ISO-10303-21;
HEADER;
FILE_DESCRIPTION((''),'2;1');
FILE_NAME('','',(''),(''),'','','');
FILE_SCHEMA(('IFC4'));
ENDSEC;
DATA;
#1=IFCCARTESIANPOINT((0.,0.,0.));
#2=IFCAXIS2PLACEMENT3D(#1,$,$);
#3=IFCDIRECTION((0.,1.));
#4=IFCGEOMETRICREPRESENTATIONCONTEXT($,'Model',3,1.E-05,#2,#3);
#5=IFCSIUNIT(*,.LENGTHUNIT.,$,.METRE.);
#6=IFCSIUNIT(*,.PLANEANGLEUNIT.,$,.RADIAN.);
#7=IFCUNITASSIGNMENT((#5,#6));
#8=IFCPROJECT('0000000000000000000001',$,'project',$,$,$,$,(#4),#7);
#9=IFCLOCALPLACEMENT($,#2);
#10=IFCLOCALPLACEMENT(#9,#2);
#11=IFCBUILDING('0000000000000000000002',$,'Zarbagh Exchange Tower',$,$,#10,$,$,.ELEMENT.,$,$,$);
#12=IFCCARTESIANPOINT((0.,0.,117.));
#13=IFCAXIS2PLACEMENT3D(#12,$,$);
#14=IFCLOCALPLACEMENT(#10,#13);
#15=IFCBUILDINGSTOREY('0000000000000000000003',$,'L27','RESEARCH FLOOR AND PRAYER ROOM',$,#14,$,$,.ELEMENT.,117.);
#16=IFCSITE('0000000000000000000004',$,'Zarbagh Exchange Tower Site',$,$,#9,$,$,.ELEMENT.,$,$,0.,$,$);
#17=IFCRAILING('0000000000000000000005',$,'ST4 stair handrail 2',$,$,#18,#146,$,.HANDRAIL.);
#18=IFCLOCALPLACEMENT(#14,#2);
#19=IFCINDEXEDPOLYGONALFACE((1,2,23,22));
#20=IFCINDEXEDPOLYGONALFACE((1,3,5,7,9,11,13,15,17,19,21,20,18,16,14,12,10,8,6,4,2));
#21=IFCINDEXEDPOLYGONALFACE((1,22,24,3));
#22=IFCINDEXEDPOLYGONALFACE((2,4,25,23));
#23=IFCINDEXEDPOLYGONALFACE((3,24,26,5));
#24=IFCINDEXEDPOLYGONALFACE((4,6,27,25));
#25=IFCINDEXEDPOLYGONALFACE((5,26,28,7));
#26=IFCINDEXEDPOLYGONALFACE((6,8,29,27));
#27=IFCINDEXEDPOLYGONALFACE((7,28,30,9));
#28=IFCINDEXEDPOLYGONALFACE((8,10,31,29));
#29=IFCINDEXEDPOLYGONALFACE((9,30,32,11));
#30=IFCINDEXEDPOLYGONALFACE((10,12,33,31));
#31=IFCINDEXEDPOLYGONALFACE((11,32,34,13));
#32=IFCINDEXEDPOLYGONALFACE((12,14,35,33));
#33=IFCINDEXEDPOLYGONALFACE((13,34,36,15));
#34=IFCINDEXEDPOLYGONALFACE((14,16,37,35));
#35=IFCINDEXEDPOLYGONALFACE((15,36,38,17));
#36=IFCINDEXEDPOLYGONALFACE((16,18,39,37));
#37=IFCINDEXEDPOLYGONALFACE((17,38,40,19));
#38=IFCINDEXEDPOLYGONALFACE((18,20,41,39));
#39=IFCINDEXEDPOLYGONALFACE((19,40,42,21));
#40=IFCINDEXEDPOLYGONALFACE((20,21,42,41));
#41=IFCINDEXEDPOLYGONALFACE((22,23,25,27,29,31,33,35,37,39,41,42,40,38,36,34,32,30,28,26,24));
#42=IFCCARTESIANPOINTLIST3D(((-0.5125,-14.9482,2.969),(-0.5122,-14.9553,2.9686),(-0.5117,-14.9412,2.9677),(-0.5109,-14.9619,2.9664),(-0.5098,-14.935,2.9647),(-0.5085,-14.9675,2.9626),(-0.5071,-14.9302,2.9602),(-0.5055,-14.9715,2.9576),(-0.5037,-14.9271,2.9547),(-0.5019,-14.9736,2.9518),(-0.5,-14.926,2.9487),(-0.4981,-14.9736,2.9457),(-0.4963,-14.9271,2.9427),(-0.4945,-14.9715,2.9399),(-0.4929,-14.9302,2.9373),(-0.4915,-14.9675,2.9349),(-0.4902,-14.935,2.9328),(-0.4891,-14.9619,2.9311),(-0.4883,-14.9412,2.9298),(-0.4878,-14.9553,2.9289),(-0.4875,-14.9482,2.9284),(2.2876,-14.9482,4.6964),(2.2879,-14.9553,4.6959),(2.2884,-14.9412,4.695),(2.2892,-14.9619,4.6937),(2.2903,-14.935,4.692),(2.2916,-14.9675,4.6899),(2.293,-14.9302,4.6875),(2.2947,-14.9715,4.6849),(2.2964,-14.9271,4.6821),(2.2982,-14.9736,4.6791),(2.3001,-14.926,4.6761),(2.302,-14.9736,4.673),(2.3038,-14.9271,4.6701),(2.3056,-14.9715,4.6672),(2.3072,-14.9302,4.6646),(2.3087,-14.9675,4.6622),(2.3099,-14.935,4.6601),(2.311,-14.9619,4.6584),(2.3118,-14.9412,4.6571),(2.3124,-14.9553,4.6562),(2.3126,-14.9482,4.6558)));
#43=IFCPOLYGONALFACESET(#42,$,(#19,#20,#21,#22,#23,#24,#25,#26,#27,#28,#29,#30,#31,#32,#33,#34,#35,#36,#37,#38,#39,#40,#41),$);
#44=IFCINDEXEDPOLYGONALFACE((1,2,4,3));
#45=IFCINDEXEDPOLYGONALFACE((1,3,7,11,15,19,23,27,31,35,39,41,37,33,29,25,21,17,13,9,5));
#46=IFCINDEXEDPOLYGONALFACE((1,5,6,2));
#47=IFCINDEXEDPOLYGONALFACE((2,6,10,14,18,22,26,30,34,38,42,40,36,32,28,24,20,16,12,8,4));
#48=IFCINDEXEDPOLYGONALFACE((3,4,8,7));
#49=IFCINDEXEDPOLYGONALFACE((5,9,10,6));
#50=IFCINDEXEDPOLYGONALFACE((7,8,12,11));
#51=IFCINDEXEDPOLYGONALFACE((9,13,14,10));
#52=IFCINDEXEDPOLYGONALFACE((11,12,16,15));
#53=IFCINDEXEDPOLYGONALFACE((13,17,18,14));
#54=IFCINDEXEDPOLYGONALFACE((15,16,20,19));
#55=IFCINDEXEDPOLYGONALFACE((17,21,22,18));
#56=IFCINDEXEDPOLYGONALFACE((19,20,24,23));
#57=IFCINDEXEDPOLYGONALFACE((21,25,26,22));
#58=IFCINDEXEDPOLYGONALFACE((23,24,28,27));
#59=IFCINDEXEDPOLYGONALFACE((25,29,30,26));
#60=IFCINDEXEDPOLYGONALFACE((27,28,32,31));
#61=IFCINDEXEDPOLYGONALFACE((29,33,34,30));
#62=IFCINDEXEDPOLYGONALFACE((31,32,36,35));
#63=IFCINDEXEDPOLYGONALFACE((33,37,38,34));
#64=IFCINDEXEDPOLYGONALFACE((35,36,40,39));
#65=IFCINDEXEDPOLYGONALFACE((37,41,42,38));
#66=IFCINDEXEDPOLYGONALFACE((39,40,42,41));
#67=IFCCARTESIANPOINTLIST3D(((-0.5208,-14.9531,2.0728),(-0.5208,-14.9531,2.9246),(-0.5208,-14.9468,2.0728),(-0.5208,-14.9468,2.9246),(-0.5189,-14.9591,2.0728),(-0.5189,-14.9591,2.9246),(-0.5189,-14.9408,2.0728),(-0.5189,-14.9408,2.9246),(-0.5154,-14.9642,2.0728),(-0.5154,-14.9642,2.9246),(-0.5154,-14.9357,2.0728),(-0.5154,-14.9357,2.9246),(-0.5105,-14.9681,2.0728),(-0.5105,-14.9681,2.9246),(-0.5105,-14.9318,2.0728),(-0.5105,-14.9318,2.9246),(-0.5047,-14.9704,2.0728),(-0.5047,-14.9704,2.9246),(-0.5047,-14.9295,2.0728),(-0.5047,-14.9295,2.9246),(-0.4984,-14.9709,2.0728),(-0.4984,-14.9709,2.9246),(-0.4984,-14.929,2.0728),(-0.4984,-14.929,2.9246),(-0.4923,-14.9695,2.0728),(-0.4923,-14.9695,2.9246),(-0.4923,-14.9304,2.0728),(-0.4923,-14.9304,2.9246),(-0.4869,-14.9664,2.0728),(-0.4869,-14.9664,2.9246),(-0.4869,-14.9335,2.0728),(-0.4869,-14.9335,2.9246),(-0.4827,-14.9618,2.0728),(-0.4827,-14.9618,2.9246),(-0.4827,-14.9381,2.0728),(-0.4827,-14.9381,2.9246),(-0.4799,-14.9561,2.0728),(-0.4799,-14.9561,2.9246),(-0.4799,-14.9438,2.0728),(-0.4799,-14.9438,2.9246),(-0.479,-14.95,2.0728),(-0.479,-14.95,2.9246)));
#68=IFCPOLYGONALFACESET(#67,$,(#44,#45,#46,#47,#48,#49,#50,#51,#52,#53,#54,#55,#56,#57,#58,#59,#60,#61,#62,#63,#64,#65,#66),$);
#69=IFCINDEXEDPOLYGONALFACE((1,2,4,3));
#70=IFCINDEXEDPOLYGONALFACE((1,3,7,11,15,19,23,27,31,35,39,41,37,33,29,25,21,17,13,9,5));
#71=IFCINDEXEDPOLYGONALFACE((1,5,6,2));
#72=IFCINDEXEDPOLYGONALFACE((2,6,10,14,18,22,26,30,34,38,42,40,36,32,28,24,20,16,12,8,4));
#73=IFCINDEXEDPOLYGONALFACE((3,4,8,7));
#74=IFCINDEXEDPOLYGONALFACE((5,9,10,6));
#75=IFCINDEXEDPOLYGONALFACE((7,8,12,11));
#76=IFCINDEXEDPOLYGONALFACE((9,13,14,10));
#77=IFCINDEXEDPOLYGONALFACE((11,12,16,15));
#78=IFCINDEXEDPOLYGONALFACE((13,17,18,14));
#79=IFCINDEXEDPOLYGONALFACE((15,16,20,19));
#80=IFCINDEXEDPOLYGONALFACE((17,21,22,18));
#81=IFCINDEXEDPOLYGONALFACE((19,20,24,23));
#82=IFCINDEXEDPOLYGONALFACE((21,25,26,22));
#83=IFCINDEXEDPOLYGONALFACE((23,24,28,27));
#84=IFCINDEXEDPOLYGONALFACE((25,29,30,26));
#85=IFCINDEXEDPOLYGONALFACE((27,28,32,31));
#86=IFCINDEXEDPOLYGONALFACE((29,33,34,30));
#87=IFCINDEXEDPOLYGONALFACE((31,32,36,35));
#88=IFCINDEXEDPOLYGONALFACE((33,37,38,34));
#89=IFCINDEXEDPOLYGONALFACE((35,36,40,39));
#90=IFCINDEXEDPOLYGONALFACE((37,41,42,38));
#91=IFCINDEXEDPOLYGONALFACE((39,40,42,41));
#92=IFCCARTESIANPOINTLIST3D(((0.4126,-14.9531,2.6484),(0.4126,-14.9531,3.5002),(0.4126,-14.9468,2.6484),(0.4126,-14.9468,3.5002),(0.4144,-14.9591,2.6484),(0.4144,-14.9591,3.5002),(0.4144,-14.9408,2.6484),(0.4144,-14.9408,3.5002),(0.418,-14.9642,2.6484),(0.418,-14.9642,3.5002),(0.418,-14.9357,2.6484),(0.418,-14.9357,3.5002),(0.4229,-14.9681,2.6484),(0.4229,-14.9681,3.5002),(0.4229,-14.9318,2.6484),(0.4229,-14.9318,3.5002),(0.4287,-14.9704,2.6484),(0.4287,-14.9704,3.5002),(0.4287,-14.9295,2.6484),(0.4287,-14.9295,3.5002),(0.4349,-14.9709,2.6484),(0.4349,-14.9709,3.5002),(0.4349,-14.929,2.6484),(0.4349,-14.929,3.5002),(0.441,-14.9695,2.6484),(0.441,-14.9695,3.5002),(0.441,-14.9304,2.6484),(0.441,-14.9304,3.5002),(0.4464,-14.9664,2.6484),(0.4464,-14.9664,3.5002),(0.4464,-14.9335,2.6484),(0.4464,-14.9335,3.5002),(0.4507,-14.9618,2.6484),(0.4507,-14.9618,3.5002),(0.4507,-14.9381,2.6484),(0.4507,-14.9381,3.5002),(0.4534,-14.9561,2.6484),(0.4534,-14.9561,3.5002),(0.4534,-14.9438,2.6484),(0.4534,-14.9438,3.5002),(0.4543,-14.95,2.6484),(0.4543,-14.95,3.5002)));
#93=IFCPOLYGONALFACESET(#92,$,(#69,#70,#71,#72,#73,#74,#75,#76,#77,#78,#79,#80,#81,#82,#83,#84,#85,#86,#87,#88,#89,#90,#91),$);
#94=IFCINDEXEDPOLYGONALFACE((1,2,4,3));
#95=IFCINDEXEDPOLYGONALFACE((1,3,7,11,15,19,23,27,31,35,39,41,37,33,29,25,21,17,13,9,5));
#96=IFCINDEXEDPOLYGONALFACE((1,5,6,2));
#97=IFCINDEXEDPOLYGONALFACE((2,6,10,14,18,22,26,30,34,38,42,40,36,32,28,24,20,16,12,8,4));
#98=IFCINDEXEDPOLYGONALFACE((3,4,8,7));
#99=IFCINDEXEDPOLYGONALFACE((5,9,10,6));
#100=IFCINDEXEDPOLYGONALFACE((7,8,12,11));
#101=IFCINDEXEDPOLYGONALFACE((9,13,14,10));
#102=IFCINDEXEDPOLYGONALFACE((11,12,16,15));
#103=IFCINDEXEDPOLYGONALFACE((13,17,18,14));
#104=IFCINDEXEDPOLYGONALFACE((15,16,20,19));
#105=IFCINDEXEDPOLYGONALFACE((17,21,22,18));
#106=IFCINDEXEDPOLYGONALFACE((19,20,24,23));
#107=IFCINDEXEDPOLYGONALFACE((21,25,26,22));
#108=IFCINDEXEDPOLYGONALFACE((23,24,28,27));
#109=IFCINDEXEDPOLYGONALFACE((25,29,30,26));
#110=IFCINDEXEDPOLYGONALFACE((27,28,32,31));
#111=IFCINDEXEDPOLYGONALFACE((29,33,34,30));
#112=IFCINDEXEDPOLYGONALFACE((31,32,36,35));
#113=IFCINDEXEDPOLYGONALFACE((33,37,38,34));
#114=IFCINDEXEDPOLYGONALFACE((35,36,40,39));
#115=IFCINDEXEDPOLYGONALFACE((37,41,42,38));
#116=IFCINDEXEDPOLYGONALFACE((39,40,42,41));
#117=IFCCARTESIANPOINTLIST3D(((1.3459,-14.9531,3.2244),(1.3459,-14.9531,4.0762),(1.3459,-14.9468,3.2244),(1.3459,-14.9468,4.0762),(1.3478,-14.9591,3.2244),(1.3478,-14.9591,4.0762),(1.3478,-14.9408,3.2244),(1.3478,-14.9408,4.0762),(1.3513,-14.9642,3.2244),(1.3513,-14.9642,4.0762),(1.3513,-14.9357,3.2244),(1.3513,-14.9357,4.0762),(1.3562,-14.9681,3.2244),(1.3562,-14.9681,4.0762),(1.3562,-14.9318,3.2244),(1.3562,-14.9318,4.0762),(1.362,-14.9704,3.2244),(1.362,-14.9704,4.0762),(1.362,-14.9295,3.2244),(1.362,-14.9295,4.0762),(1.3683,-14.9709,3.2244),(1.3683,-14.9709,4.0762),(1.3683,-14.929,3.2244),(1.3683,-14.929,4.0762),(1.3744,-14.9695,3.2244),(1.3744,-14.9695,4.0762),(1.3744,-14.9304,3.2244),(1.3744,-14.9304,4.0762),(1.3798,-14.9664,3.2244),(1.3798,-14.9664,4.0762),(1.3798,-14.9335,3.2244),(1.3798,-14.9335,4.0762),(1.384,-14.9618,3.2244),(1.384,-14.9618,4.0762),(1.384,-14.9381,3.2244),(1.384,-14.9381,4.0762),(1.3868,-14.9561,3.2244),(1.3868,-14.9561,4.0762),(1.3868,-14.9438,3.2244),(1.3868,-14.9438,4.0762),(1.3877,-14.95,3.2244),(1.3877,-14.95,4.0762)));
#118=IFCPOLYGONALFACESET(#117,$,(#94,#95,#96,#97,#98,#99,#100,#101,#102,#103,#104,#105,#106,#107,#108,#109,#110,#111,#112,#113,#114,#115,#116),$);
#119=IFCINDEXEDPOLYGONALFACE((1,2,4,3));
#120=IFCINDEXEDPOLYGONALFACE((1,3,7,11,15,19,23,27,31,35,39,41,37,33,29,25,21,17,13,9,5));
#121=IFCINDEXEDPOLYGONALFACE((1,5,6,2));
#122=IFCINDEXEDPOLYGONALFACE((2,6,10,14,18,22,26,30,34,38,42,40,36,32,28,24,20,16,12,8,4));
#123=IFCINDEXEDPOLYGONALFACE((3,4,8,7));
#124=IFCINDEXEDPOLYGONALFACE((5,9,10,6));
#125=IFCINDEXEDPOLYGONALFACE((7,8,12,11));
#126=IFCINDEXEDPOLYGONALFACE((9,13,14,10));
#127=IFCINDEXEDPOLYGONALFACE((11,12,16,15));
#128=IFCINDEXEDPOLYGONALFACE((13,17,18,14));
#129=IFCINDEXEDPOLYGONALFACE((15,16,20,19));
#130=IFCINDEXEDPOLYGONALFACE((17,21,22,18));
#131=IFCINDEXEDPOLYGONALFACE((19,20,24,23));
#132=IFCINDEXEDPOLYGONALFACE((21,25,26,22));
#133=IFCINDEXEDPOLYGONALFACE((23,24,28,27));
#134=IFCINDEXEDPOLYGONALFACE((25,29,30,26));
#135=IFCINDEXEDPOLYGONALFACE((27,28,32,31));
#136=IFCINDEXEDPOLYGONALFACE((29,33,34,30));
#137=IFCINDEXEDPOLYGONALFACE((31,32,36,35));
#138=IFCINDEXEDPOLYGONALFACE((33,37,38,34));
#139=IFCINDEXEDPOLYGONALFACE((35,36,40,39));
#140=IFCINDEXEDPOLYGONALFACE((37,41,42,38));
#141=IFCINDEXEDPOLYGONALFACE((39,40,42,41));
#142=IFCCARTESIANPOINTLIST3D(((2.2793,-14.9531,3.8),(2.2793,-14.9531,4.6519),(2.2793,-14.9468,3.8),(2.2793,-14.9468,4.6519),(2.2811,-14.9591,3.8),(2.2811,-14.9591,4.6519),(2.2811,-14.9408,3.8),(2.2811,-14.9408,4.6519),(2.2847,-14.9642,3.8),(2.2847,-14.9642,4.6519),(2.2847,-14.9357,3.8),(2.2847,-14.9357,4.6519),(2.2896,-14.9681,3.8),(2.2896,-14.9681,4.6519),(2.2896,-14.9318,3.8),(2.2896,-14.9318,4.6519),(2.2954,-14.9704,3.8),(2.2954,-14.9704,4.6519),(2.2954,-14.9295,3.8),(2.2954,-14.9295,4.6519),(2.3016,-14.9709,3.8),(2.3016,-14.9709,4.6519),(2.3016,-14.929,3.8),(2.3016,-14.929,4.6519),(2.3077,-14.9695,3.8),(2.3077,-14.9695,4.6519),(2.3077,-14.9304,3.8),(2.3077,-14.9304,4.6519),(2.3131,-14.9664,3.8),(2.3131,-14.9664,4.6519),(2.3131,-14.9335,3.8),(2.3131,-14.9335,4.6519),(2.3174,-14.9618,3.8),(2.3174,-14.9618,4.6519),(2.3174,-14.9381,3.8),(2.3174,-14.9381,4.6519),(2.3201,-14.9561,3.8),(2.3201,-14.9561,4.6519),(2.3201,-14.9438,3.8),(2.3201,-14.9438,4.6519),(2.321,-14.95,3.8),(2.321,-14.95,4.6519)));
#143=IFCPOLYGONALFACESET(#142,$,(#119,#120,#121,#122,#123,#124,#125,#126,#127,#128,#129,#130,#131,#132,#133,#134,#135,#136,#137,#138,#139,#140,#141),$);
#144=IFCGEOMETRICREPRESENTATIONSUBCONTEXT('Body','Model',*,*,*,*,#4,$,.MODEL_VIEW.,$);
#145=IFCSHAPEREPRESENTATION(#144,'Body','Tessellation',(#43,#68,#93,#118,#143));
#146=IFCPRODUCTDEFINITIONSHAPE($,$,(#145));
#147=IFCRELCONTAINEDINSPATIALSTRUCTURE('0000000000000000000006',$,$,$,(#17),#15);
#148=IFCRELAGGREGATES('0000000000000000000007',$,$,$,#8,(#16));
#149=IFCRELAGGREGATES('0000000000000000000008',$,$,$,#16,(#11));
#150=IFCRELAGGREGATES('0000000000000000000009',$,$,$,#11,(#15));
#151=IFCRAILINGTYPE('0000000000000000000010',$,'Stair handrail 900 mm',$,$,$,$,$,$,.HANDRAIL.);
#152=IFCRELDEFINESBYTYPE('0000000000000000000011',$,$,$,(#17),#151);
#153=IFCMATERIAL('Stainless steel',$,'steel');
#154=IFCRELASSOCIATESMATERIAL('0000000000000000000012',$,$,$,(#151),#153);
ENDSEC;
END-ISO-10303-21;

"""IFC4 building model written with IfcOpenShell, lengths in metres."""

from ifc_helpers import new_model, si_unit, direction, frame, origin, origin_2d, place, context, subcontext, project, spatial, circle, extrude, material, type_object, element, save


model = new_model("IFC4")

# Units and contexts
model_context = context("Model", 3, precision=1e-05, world=origin(), true_north=direction((0.0, 1.0)))
body_context = subcontext(model_context, "Body", "Model", "MODEL_VIEW")
ifc_project = project(units=[si_unit("LENGTHUNIT", "METRE"), si_unit("PLANEANGLEUNIT", "RADIAN")], contexts=[model_context])

# Site, building, storey
site_placement = place(None, origin())
site = spatial("IfcSite", under=ifc_project, at=site_placement, Name="Zarbagh Exchange Tower Site", CompositionType="ELEMENT", RefElevation=0.0)
building_placement = place(site_placement, origin())
building = spatial("IfcBuilding", under=site, at=building_placement, Name="Zarbagh Exchange Tower", CompositionType="ELEMENT")
storey_placement = place(building_placement, frame((0.0, 0.0, 117.0)))
storey = spatial("IfcBuildingStorey", under=building, at=storey_placement, Name="L27", Description="RESEARCH FLOOR AND PRAYER ROOM", CompositionType="ELEMENT", Elevation=117.0)

# Shared definitions
ifc_material_1 = material(Name="Stainless steel", Category="steel")

# Railing
railing_type = type_object("IfcRailingType", Name="Stair handrail 900 mm", PredefinedType="HANDRAIL", material=ifc_material_1)
for number, where, name in (
    (1, (-0.5, -14.95, 2.0728), "ST4 stair handrail 2"),
):
    element("IfcRailing", number, at=place(storey_placement, frame(where)), inside=storey, type_object=railing_type, Name=name, PredefinedType="HANDRAIL", context=body_context, shape_type="SweptSolid", body=[
        extrude(circle(Radius=0.0239, at=origin_2d()), frame((0.0, 0.0, 0.876), z_axis=(0.85109, 0.0, 0.52502), x_axis=(0.0, 1.0, 0.0)), (0.0, 0.0, 1.0), 3.29),
        extrude(circle(Radius=0.021, at=origin_2d()), origin(), (0.0, 0.0, 1.0), 0.8518),
        extrude(circle(Radius=0.021, at=origin_2d()), frame((0.9333, 0.0, 0.5757)), (0.0, 0.0, 1.0), 0.8518),
        extrude(circle(Radius=0.021, at=origin_2d()), frame((1.8667, 0.0, 1.1516)), (0.0, 0.0, 1.0), 0.8518),
        extrude(circle(Radius=0.021, at=origin_2d()), frame((2.8, 0.0, 1.7273)), (0.0, 0.0, 1.0), 0.8518),
    ])

save(model, "model.ifc")
